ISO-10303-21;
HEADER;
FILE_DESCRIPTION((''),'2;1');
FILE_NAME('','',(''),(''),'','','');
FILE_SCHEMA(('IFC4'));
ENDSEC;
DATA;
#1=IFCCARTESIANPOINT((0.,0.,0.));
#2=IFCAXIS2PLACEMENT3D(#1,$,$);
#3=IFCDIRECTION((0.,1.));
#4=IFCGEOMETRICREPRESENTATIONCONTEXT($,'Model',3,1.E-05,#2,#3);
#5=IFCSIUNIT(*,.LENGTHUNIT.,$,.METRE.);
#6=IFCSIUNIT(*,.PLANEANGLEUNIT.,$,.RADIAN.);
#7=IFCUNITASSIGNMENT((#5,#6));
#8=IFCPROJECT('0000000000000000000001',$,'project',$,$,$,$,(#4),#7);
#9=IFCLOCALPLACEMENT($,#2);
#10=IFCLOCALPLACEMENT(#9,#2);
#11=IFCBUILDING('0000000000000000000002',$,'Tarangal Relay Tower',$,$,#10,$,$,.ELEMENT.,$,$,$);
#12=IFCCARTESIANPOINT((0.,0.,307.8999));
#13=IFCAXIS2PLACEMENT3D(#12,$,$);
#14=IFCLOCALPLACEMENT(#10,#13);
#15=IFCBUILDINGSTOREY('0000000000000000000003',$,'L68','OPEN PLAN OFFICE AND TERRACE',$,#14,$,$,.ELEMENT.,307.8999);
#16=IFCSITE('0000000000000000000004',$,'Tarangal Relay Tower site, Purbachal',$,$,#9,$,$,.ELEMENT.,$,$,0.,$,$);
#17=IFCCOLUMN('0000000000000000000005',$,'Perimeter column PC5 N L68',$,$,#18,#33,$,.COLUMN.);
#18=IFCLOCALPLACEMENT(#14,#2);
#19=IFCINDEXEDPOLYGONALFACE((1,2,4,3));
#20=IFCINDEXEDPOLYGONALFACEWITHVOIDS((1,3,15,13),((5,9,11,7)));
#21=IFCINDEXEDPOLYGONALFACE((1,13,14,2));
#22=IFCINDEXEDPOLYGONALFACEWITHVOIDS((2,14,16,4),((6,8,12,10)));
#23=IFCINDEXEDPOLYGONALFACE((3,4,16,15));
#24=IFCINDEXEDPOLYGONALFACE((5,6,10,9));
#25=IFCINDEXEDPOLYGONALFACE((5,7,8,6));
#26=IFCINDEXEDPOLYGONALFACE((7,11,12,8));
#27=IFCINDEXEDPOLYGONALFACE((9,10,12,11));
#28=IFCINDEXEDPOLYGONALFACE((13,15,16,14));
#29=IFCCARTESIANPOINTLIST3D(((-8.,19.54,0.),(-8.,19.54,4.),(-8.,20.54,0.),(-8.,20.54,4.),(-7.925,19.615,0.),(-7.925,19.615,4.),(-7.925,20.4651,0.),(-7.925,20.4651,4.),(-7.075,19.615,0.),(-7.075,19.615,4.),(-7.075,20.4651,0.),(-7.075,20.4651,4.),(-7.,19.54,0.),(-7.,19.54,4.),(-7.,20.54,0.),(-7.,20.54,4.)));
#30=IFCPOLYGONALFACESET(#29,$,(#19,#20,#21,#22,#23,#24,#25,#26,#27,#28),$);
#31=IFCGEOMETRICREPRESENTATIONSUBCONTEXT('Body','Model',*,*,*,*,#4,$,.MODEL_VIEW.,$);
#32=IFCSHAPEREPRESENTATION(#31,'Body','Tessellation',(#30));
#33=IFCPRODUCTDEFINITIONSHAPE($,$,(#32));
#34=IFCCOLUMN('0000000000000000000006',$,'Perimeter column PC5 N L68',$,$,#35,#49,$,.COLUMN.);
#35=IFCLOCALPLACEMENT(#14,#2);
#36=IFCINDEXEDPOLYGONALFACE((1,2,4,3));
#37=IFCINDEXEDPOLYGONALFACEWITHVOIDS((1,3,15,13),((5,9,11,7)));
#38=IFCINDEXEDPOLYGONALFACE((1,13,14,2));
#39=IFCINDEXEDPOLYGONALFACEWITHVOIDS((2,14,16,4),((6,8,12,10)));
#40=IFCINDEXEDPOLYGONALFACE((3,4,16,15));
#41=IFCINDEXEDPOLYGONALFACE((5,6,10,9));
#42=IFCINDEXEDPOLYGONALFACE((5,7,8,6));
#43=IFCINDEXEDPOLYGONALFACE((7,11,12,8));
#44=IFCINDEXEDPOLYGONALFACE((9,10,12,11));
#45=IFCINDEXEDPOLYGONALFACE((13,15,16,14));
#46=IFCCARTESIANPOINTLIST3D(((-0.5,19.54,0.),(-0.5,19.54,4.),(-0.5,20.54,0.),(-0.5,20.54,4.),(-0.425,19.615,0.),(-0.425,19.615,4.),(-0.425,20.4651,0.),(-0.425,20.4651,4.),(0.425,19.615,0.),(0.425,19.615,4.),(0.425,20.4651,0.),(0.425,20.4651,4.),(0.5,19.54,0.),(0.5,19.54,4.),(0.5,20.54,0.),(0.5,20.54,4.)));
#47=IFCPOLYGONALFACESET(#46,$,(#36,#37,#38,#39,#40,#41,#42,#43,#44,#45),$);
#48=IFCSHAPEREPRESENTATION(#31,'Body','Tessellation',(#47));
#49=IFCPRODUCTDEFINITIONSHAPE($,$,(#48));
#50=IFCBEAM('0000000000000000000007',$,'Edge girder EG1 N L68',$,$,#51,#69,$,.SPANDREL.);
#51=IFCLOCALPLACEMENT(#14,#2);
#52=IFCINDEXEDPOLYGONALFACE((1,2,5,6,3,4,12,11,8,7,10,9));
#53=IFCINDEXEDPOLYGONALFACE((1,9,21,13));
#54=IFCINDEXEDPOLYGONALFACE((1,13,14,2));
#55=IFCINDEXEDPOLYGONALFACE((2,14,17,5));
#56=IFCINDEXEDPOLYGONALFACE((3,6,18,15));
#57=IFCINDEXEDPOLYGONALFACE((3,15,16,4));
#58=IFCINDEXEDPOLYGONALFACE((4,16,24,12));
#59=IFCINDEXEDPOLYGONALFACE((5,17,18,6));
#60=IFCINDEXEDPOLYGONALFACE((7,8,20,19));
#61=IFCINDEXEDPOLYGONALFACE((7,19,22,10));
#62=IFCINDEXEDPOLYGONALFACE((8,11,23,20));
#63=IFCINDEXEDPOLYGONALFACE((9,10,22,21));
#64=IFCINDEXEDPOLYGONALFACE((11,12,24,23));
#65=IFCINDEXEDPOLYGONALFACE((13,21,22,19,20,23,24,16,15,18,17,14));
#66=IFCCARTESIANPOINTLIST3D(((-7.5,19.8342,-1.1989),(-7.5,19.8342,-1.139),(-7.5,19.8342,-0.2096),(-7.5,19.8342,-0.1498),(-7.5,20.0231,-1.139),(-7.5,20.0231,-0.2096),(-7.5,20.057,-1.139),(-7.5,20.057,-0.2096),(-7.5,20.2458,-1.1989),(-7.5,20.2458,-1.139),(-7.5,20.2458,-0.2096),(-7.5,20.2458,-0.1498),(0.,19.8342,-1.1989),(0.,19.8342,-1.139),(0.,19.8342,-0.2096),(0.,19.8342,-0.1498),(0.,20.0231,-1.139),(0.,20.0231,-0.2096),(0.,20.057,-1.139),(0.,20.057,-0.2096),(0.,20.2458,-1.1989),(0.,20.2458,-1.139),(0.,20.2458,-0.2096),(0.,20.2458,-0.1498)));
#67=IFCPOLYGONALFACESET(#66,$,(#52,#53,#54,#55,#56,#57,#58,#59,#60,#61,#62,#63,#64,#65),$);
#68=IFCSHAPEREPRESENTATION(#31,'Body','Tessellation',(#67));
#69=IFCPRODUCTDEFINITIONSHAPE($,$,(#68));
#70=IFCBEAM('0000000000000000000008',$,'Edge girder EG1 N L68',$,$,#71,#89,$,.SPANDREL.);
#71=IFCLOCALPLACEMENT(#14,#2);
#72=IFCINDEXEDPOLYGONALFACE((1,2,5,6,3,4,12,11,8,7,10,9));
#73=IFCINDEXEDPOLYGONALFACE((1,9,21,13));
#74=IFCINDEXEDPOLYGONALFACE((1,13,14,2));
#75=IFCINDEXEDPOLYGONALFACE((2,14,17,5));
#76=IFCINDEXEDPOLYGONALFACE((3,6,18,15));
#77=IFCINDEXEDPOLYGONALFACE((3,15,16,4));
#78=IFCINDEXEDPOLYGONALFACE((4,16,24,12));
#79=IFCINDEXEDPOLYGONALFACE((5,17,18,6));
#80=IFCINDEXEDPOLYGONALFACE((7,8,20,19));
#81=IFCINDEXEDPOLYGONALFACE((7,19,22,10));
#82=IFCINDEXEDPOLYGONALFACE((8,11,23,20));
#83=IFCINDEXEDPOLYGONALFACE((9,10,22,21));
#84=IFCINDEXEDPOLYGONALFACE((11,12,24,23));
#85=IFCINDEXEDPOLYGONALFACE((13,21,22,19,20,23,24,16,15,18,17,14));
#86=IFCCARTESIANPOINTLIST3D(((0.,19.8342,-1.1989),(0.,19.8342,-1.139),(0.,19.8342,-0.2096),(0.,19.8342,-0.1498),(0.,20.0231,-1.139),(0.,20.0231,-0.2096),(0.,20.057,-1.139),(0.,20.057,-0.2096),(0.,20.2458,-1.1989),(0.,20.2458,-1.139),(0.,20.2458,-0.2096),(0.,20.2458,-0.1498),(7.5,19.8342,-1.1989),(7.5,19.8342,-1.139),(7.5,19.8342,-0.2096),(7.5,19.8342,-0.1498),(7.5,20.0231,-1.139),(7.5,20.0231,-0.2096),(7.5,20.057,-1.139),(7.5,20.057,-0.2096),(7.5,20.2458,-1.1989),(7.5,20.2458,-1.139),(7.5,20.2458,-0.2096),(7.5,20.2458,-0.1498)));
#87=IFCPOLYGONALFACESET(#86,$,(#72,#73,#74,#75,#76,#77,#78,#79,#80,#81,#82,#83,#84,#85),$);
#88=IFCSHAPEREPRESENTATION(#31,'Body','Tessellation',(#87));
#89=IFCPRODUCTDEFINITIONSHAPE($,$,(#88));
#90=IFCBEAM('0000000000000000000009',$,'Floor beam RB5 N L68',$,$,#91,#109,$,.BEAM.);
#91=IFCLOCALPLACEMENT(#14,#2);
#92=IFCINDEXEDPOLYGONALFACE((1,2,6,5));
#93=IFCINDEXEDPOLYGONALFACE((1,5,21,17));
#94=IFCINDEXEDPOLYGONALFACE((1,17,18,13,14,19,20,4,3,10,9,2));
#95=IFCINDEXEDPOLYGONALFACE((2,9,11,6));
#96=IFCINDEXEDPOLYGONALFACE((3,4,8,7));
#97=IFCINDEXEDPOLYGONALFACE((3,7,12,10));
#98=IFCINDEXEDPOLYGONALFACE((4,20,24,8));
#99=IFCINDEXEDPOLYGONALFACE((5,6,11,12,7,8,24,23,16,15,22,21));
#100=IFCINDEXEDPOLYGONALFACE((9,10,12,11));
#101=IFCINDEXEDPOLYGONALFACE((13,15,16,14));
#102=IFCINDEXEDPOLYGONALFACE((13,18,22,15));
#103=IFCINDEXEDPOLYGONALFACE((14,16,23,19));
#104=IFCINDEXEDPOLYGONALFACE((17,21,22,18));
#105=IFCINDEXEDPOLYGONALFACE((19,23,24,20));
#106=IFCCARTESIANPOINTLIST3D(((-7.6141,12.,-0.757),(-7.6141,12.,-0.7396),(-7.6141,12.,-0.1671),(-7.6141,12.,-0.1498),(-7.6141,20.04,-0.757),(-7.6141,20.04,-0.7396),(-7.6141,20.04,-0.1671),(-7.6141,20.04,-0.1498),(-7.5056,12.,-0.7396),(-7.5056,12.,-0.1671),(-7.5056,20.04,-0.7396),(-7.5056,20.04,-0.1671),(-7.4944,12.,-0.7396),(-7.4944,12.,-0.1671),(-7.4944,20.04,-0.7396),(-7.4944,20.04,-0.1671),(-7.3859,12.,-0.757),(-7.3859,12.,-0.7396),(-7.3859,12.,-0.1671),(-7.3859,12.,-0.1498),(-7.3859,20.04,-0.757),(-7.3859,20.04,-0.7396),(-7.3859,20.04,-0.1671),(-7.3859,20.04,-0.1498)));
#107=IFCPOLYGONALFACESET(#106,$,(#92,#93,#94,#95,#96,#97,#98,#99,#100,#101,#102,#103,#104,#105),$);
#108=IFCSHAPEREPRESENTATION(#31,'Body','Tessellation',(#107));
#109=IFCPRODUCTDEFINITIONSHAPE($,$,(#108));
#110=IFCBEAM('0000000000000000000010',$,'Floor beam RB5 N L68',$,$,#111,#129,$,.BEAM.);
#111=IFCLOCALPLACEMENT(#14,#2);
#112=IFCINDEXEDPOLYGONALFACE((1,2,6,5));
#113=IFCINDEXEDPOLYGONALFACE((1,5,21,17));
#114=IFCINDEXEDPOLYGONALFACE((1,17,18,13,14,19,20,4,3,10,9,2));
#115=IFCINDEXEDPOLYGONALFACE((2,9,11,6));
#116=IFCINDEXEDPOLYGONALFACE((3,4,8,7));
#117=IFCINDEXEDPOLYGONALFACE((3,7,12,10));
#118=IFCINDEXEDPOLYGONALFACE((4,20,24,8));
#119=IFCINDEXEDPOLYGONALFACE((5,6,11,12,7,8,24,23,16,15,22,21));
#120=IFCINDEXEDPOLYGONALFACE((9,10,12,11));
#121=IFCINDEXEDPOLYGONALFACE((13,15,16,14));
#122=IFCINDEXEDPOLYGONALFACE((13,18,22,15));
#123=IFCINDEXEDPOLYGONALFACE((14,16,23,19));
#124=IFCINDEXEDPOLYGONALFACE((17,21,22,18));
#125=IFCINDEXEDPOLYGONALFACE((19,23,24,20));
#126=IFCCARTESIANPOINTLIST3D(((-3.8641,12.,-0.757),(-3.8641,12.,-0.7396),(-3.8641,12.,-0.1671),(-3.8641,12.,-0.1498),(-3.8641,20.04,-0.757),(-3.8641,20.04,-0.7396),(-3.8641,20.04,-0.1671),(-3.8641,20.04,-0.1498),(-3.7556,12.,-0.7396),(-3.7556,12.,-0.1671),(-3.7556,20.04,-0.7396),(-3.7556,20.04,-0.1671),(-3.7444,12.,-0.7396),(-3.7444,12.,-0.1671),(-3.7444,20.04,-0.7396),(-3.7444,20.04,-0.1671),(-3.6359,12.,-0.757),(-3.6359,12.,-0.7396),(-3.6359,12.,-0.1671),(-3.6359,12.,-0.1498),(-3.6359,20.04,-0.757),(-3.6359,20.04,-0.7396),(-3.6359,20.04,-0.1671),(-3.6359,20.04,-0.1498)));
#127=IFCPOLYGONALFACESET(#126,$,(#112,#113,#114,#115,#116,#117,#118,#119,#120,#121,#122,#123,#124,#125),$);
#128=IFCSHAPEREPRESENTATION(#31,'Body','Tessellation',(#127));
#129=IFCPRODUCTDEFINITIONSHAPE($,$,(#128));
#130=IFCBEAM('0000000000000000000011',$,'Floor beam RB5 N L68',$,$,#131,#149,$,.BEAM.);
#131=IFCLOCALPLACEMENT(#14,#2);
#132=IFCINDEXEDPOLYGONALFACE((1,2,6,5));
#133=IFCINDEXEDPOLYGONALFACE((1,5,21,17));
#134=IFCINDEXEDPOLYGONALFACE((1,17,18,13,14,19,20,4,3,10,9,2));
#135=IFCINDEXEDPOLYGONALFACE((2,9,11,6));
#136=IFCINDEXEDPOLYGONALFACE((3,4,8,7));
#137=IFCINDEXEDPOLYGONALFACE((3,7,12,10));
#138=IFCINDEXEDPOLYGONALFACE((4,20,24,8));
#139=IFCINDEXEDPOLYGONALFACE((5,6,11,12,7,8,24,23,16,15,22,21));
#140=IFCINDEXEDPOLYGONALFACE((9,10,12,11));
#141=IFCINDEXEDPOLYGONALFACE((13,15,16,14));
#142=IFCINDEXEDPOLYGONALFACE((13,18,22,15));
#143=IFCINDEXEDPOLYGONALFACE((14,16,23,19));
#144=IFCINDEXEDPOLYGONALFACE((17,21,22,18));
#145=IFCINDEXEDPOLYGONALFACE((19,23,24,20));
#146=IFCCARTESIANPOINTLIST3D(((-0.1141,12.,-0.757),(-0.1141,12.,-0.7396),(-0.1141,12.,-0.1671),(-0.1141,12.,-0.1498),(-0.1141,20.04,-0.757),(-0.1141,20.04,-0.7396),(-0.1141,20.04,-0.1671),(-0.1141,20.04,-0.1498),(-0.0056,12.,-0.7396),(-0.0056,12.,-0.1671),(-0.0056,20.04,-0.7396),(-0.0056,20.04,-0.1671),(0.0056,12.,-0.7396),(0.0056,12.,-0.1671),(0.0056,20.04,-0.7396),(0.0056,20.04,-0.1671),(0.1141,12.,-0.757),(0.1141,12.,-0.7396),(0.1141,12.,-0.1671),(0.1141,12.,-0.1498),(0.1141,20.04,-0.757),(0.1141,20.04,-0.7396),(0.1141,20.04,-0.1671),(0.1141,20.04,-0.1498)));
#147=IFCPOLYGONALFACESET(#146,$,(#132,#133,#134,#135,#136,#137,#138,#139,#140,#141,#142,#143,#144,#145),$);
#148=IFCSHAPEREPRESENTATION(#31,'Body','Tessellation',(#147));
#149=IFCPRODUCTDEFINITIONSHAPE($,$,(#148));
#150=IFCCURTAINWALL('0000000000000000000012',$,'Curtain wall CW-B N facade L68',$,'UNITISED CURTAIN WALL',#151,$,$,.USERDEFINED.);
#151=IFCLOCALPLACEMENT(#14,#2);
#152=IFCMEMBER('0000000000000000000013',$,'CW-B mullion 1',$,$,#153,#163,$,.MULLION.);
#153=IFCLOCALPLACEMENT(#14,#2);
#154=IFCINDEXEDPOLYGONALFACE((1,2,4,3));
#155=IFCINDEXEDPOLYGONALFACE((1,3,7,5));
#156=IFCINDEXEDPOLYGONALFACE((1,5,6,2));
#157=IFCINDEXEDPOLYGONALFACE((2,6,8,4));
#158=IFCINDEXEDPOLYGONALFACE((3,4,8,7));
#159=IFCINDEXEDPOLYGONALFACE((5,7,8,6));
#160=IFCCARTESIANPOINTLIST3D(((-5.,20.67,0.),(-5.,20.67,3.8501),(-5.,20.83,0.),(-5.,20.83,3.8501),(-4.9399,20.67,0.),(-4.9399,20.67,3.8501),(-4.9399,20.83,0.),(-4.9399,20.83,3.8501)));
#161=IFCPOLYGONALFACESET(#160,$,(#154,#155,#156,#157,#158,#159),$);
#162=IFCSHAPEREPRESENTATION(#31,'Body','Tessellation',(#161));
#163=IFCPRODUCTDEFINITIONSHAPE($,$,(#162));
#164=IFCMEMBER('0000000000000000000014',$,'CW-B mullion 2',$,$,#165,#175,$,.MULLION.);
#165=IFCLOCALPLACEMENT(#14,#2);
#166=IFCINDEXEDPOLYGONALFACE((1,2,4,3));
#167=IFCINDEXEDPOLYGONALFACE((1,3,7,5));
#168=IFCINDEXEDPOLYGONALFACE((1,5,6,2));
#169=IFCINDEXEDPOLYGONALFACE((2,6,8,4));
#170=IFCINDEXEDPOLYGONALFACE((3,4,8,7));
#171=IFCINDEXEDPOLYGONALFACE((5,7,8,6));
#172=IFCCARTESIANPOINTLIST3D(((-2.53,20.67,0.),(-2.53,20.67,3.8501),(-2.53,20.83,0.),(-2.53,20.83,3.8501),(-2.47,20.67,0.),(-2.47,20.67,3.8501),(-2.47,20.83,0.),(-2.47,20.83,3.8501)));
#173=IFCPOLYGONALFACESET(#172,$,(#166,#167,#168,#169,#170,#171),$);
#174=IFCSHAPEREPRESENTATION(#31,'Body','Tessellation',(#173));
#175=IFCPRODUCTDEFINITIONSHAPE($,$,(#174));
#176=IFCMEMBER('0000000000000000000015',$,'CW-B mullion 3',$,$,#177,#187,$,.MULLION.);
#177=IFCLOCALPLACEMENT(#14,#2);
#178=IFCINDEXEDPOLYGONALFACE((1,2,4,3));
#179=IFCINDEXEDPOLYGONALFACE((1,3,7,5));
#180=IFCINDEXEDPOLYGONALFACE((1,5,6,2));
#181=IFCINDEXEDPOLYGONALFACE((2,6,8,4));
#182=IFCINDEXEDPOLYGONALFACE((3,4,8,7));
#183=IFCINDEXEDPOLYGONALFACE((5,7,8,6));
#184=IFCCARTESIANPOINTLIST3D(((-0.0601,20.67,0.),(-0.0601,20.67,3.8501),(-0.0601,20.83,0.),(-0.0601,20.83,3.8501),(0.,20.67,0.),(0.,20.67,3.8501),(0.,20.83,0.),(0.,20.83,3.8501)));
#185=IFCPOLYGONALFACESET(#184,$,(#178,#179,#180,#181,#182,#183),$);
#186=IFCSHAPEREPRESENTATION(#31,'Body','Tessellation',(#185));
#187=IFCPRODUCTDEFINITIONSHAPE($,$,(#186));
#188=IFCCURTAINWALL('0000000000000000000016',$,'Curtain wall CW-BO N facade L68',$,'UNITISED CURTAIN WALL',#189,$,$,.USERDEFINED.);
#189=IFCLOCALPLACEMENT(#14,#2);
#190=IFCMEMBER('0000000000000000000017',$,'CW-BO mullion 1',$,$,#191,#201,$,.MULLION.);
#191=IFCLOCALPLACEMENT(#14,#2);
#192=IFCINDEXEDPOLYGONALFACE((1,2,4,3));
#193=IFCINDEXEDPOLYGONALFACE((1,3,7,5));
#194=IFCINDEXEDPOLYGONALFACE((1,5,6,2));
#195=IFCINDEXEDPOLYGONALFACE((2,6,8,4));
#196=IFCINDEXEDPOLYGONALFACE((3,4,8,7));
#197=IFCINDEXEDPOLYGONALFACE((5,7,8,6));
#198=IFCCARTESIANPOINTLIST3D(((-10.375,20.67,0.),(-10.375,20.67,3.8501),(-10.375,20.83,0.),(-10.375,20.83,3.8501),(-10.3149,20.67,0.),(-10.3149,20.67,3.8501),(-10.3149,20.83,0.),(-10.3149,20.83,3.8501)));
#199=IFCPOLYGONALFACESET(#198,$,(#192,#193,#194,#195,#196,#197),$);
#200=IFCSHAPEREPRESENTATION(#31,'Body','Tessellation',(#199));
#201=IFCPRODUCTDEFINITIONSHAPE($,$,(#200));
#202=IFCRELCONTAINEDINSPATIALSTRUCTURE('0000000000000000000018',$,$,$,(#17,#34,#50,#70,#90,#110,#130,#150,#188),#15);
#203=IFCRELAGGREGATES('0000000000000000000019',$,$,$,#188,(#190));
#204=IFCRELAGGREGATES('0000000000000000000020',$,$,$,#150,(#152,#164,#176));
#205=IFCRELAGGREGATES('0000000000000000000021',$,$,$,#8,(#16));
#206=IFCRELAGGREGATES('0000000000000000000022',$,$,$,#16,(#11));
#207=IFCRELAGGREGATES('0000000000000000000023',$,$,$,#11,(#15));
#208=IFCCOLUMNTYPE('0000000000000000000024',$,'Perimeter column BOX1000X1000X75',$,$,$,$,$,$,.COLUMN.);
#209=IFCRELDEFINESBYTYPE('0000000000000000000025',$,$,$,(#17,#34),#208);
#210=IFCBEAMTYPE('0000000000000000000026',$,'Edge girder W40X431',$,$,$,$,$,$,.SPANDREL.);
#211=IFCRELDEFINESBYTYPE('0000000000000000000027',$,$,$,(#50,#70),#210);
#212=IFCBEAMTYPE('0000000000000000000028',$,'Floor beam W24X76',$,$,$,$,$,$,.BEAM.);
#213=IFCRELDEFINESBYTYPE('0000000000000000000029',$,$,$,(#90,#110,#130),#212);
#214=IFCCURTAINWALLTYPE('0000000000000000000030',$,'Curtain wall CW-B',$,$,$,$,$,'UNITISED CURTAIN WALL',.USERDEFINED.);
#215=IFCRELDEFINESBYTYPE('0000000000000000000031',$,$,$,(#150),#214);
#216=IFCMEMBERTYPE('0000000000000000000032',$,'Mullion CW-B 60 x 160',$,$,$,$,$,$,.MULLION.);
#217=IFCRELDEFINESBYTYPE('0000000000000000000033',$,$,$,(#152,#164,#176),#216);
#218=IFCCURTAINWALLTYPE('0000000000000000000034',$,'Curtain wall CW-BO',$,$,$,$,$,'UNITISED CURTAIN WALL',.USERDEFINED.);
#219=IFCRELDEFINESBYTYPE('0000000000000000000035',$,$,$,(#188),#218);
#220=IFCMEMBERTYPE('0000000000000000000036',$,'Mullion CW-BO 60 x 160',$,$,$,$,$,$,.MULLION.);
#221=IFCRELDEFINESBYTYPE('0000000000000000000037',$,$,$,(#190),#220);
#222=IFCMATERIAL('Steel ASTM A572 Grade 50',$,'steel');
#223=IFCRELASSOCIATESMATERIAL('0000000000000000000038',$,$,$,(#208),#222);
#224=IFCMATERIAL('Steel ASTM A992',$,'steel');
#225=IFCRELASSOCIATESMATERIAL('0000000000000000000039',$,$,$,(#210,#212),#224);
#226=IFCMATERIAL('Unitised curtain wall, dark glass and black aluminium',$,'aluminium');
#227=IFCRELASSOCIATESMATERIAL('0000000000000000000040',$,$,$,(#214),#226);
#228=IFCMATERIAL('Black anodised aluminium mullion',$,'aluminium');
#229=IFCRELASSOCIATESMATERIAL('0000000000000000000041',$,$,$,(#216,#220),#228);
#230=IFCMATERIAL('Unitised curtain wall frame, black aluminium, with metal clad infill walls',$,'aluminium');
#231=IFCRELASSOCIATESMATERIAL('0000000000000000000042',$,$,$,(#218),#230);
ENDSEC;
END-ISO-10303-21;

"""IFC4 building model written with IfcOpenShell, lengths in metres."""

from ifc_helpers import new_model, si_unit, direction, frame, origin, origin_2d, place, context, subcontext, project, spatial, rectangle, hollow_rectangle, i_section, extrude, material, material_profile, profile_set, type_object, element, aggregate, save


model = new_model("IFC4")

# Units and contexts
model_context = context("Model", 3, precision=1e-05, world=origin(), true_north=direction((0.0, 1.0)))
body_context = subcontext(model_context, "Body", "Model", "MODEL_VIEW")
ifc_project = project(units=[si_unit("LENGTHUNIT", "METRE"), si_unit("PLANEANGLEUNIT", "RADIAN")], contexts=[model_context])

# Site, building, storey
site_placement = place(None, origin())
site = spatial("IfcSite", under=ifc_project, at=site_placement, Name="Tarangal Relay Tower site, Purbachal", CompositionType="ELEMENT", RefElevation=0.0)
building_placement = place(site_placement, origin())
building = spatial("IfcBuilding", under=site, at=building_placement, Name="Tarangal Relay Tower", CompositionType="ELEMENT")
storey_placement = place(building_placement, frame((0.0, 0.0, 307.8999)))
storey = spatial("IfcBuildingStorey", under=building, at=storey_placement, Name="L68", Description="OPEN PLAN OFFICE AND TERRACE", CompositionType="ELEMENT", Elevation=307.8999)

# Columns
ifc_material_1 = material(Name="Steel ASTM A572 Grade 50", Category="steel")
ifc_material_profile_1 = material_profile(ifc_material_1, hollow_rectangle(XDim=1.0, YDim=1.0, WallThickness=0.075, at=origin_2d()), Name="BOX1000X1000X75")
ifc_profile_set_1 = profile_set([ifc_material_profile_1], Name="Steel ASTM A572 Grade 50")
column_type = type_object("IfcColumnType", Name="Perimeter column BOX1000X1000X75", PredefinedType="COLUMN", material=ifc_profile_set_1)
for number, where, z_axis, x_axis, name in (
    (1, (-7.5, 20.04, 0.0), (0.0, 0.0, 1.0), (1.0, 0.0, 0.0), "Perimeter column PC5 N L68"),
    (2, (0.0, 20.04, 0.0), (0.0, 0.0, 1.0), (1.0, 0.0, 0.0), "Perimeter column PC5 N L68"),
):
    element("IfcColumn", number, at=place(storey_placement, frame(where, z_axis=z_axis, x_axis=x_axis)), inside=storey, type_object=column_type, Name=name, PredefinedType="COLUMN", context=body_context, shape_type="SweptSolid", body=[
        extrude(hollow_rectangle(XDim=1.0, YDim=1.0, WallThickness=0.075, at=origin_2d()), origin(), (0.0, 0.0, 1.0), 4.0),
    ])

# Beams
ifc_material_2 = material(Name="Steel ASTM A992", Category="steel")
ifc_material_profile_2 = material_profile(ifc_material_2, i_section(OverallWidth=0.4116, OverallDepth=1.0491, WebThickness=0.0339, FlangeThickness=0.0598, at=origin_2d()), Name="W40X431")
ifc_profile_set_2 = profile_set([ifc_material_profile_2], Name="Steel ASTM A992")
beam_type_1 = type_object("IfcBeamType", Name="Edge girder W40X431", PredefinedType="SPANDREL", material=ifc_profile_set_2)
for number, where, z_axis, x_axis, name in (
    (3, (-7.5, 20.04, -0.6743), (1.0, 0.0, 0.0), (0.0, 1.0, 0.0), "Edge girder EG1 N L68"),
    (4, (0.0, 20.04, -0.6743), (1.0, 0.0, 0.0), (0.0, 1.0, 0.0), "Edge girder EG1 N L68"),
):
    element("IfcBeam", number, at=place(storey_placement, frame(where, z_axis=z_axis, x_axis=x_axis)), inside=storey, type_object=beam_type_1, Name=name, PredefinedType="SPANDREL", context=body_context, shape_type="SweptSolid", body=[
        extrude(i_section(OverallWidth=0.4116, OverallDepth=1.0491, WebThickness=0.0339, FlangeThickness=0.0598, at=origin_2d()), origin(), (0.0, 0.0, 1.0), 7.5),
    ])
ifc_material_profile_3 = material_profile(ifc_material_2, i_section(OverallWidth=0.2283, OverallDepth=0.6072, WebThickness=0.0112, FlangeThickness=0.0173, at=origin_2d()), Name="W24X76")
ifc_profile_set_3 = profile_set([ifc_material_profile_3], Name="Steel ASTM A992")
beam_type_2 = type_object("IfcBeamType", Name="Floor beam W24X76", PredefinedType="BEAM", material=ifc_profile_set_3)
for number, where, z_axis, x_axis, name in (
    (5, (-7.5, 12.0, -0.4534), (0.0, 1.0, 0.0), (-1.0, 0.0, 0.0), "Floor beam RB5 N L68"),
    (6, (-3.75, 12.0, -0.4534), (0.0, 1.0, 0.0), (-1.0, 0.0, 0.0), "Floor beam RB5 N L68"),
    (7, (0.0, 12.0, -0.4534), (0.0, 1.0, 0.0), (-1.0, 0.0, 0.0), "Floor beam RB5 N L68"),
):
    element("IfcBeam", number, at=place(storey_placement, frame(where, z_axis=z_axis, x_axis=x_axis)), inside=storey, type_object=beam_type_2, Name=name, PredefinedType="BEAM", context=body_context, shape_type="SweptSolid", body=[
        extrude(i_section(OverallWidth=0.2283, OverallDepth=0.6072, WebThickness=0.0112, FlangeThickness=0.0173, at=origin_2d()), origin(), (0.0, 0.0, 1.0), 8.04),
    ])

# Curtain walls, members
ifc_material_3 = material(Name="Unitised curtain wall, dark glass and black aluminium", Category="aluminium")
curtain_wall_type_1 = type_object("IfcCurtainWallType", Name="Curtain wall CW-B", ElementType="UNITISED CURTAIN WALL", PredefinedType="USERDEFINED", material=ifc_material_3)
curtain_wall_1_placement = place(storey_placement, origin())
curtain_wall_1 = element("IfcCurtainWall", 8, at=curtain_wall_1_placement, inside=storey, type_object=curtain_wall_type_1, Name="Curtain wall CW-B N facade L68", ObjectType="UNITISED CURTAIN WALL", PredefinedType="USERDEFINED")
ifc_material_4 = material(Name="Black anodised aluminium mullion", Category="aluminium")
ifc_material_profile_4 = material_profile(ifc_material_4, rectangle(XDim=0.1599, YDim=0.0601, at=origin_2d()), Name="CW-BM 60X160")
ifc_profile_set_4 = profile_set([ifc_material_profile_4], Name="Black anodised aluminium mullion")
member_type_1 = type_object("IfcMemberType", Name="Mullion CW-B 60 x 160", PredefinedType="MULLION", material=ifc_profile_set_4)
member_1_placement = place(storey_placement, frame((-4.97, 20.75, 0.0), z_axis=(0.0, 0.0, 1.0), x_axis=(0.0, 1.0, 0.0)))
member_1 = element("IfcMember", 9, at=member_1_placement, type_object=member_type_1, Name="CW-B mullion 1", PredefinedType="MULLION", context=body_context, shape_type="SweptSolid", body=[
    extrude(rectangle(XDim=0.1599, YDim=0.0601, at=origin_2d()), origin(), (0.0, 0.0, 1.0), 3.8501),
])
member_2_placement = place(storey_placement, frame((-2.5, 20.75, 0.0), z_axis=(0.0, 0.0, 1.0), x_axis=(0.0, 1.0, 0.0)))
member_2 = element("IfcMember", 10, at=member_2_placement, type_object=member_type_1, Name="CW-B mullion 2", PredefinedType="MULLION", context=body_context, shape_type="SweptSolid", body=[
    extrude(rectangle(XDim=0.1599, YDim=0.0601, at=origin_2d()), origin(), (0.0, 0.0, 1.0), 3.8501),
])
member_3_placement = place(storey_placement, frame((-0.03, 20.75, 0.0), z_axis=(0.0, 0.0, 1.0), x_axis=(0.0, 1.0, 0.0)))
member_3 = element("IfcMember", 11, at=member_3_placement, type_object=member_type_1, Name="CW-B mullion 3", PredefinedType="MULLION", context=body_context, shape_type="SweptSolid", body=[
    extrude(rectangle(XDim=0.1599, YDim=0.0601, at=origin_2d()), origin(), (0.0, 0.0, 1.0), 3.8501),
])
ifc_material_5 = material(Name="Unitised curtain wall frame, black aluminium, with metal clad infill walls", Category="aluminium")
curtain_wall_type_2 = type_object("IfcCurtainWallType", Name="Curtain wall CW-BO", ElementType="UNITISED CURTAIN WALL", PredefinedType="USERDEFINED", material=ifc_material_5)
curtain_wall_2_placement = place(storey_placement, origin())
curtain_wall_2 = element("IfcCurtainWall", 12, at=curtain_wall_2_placement, inside=storey, type_object=curtain_wall_type_2, Name="Curtain wall CW-BO N facade L68", ObjectType="UNITISED CURTAIN WALL", PredefinedType="USERDEFINED")
ifc_material_profile_5 = material_profile(ifc_material_4, rectangle(XDim=0.1599, YDim=0.0601, at=origin_2d()), Name="CW-BOM 60X160")
ifc_profile_set_5 = profile_set([ifc_material_profile_5], Name="Black anodised aluminium mullion")
member_type_2 = type_object("IfcMemberType", Name="Mullion CW-BO 60 x 160", PredefinedType="MULLION", material=ifc_profile_set_5)
member_4_placement = place(storey_placement, frame((-10.345, 20.75, 0.0), z_axis=(0.0, 0.0, 1.0), x_axis=(0.0, 1.0, 0.0)))
member_4 = element("IfcMember", 13, at=member_4_placement, type_object=member_type_2, Name="CW-BO mullion 1", PredefinedType="MULLION", context=body_context, shape_type="SweptSolid", body=[
    extrude(rectangle(XDim=0.1599, YDim=0.0601, at=origin_2d()), origin(), (0.0, 0.0, 1.0), 3.8501),
])

aggregate(curtain_wall_2, [member_4])

aggregate(curtain_wall_1, [member_1, member_2, member_3])

save(model, "model.ifc")
